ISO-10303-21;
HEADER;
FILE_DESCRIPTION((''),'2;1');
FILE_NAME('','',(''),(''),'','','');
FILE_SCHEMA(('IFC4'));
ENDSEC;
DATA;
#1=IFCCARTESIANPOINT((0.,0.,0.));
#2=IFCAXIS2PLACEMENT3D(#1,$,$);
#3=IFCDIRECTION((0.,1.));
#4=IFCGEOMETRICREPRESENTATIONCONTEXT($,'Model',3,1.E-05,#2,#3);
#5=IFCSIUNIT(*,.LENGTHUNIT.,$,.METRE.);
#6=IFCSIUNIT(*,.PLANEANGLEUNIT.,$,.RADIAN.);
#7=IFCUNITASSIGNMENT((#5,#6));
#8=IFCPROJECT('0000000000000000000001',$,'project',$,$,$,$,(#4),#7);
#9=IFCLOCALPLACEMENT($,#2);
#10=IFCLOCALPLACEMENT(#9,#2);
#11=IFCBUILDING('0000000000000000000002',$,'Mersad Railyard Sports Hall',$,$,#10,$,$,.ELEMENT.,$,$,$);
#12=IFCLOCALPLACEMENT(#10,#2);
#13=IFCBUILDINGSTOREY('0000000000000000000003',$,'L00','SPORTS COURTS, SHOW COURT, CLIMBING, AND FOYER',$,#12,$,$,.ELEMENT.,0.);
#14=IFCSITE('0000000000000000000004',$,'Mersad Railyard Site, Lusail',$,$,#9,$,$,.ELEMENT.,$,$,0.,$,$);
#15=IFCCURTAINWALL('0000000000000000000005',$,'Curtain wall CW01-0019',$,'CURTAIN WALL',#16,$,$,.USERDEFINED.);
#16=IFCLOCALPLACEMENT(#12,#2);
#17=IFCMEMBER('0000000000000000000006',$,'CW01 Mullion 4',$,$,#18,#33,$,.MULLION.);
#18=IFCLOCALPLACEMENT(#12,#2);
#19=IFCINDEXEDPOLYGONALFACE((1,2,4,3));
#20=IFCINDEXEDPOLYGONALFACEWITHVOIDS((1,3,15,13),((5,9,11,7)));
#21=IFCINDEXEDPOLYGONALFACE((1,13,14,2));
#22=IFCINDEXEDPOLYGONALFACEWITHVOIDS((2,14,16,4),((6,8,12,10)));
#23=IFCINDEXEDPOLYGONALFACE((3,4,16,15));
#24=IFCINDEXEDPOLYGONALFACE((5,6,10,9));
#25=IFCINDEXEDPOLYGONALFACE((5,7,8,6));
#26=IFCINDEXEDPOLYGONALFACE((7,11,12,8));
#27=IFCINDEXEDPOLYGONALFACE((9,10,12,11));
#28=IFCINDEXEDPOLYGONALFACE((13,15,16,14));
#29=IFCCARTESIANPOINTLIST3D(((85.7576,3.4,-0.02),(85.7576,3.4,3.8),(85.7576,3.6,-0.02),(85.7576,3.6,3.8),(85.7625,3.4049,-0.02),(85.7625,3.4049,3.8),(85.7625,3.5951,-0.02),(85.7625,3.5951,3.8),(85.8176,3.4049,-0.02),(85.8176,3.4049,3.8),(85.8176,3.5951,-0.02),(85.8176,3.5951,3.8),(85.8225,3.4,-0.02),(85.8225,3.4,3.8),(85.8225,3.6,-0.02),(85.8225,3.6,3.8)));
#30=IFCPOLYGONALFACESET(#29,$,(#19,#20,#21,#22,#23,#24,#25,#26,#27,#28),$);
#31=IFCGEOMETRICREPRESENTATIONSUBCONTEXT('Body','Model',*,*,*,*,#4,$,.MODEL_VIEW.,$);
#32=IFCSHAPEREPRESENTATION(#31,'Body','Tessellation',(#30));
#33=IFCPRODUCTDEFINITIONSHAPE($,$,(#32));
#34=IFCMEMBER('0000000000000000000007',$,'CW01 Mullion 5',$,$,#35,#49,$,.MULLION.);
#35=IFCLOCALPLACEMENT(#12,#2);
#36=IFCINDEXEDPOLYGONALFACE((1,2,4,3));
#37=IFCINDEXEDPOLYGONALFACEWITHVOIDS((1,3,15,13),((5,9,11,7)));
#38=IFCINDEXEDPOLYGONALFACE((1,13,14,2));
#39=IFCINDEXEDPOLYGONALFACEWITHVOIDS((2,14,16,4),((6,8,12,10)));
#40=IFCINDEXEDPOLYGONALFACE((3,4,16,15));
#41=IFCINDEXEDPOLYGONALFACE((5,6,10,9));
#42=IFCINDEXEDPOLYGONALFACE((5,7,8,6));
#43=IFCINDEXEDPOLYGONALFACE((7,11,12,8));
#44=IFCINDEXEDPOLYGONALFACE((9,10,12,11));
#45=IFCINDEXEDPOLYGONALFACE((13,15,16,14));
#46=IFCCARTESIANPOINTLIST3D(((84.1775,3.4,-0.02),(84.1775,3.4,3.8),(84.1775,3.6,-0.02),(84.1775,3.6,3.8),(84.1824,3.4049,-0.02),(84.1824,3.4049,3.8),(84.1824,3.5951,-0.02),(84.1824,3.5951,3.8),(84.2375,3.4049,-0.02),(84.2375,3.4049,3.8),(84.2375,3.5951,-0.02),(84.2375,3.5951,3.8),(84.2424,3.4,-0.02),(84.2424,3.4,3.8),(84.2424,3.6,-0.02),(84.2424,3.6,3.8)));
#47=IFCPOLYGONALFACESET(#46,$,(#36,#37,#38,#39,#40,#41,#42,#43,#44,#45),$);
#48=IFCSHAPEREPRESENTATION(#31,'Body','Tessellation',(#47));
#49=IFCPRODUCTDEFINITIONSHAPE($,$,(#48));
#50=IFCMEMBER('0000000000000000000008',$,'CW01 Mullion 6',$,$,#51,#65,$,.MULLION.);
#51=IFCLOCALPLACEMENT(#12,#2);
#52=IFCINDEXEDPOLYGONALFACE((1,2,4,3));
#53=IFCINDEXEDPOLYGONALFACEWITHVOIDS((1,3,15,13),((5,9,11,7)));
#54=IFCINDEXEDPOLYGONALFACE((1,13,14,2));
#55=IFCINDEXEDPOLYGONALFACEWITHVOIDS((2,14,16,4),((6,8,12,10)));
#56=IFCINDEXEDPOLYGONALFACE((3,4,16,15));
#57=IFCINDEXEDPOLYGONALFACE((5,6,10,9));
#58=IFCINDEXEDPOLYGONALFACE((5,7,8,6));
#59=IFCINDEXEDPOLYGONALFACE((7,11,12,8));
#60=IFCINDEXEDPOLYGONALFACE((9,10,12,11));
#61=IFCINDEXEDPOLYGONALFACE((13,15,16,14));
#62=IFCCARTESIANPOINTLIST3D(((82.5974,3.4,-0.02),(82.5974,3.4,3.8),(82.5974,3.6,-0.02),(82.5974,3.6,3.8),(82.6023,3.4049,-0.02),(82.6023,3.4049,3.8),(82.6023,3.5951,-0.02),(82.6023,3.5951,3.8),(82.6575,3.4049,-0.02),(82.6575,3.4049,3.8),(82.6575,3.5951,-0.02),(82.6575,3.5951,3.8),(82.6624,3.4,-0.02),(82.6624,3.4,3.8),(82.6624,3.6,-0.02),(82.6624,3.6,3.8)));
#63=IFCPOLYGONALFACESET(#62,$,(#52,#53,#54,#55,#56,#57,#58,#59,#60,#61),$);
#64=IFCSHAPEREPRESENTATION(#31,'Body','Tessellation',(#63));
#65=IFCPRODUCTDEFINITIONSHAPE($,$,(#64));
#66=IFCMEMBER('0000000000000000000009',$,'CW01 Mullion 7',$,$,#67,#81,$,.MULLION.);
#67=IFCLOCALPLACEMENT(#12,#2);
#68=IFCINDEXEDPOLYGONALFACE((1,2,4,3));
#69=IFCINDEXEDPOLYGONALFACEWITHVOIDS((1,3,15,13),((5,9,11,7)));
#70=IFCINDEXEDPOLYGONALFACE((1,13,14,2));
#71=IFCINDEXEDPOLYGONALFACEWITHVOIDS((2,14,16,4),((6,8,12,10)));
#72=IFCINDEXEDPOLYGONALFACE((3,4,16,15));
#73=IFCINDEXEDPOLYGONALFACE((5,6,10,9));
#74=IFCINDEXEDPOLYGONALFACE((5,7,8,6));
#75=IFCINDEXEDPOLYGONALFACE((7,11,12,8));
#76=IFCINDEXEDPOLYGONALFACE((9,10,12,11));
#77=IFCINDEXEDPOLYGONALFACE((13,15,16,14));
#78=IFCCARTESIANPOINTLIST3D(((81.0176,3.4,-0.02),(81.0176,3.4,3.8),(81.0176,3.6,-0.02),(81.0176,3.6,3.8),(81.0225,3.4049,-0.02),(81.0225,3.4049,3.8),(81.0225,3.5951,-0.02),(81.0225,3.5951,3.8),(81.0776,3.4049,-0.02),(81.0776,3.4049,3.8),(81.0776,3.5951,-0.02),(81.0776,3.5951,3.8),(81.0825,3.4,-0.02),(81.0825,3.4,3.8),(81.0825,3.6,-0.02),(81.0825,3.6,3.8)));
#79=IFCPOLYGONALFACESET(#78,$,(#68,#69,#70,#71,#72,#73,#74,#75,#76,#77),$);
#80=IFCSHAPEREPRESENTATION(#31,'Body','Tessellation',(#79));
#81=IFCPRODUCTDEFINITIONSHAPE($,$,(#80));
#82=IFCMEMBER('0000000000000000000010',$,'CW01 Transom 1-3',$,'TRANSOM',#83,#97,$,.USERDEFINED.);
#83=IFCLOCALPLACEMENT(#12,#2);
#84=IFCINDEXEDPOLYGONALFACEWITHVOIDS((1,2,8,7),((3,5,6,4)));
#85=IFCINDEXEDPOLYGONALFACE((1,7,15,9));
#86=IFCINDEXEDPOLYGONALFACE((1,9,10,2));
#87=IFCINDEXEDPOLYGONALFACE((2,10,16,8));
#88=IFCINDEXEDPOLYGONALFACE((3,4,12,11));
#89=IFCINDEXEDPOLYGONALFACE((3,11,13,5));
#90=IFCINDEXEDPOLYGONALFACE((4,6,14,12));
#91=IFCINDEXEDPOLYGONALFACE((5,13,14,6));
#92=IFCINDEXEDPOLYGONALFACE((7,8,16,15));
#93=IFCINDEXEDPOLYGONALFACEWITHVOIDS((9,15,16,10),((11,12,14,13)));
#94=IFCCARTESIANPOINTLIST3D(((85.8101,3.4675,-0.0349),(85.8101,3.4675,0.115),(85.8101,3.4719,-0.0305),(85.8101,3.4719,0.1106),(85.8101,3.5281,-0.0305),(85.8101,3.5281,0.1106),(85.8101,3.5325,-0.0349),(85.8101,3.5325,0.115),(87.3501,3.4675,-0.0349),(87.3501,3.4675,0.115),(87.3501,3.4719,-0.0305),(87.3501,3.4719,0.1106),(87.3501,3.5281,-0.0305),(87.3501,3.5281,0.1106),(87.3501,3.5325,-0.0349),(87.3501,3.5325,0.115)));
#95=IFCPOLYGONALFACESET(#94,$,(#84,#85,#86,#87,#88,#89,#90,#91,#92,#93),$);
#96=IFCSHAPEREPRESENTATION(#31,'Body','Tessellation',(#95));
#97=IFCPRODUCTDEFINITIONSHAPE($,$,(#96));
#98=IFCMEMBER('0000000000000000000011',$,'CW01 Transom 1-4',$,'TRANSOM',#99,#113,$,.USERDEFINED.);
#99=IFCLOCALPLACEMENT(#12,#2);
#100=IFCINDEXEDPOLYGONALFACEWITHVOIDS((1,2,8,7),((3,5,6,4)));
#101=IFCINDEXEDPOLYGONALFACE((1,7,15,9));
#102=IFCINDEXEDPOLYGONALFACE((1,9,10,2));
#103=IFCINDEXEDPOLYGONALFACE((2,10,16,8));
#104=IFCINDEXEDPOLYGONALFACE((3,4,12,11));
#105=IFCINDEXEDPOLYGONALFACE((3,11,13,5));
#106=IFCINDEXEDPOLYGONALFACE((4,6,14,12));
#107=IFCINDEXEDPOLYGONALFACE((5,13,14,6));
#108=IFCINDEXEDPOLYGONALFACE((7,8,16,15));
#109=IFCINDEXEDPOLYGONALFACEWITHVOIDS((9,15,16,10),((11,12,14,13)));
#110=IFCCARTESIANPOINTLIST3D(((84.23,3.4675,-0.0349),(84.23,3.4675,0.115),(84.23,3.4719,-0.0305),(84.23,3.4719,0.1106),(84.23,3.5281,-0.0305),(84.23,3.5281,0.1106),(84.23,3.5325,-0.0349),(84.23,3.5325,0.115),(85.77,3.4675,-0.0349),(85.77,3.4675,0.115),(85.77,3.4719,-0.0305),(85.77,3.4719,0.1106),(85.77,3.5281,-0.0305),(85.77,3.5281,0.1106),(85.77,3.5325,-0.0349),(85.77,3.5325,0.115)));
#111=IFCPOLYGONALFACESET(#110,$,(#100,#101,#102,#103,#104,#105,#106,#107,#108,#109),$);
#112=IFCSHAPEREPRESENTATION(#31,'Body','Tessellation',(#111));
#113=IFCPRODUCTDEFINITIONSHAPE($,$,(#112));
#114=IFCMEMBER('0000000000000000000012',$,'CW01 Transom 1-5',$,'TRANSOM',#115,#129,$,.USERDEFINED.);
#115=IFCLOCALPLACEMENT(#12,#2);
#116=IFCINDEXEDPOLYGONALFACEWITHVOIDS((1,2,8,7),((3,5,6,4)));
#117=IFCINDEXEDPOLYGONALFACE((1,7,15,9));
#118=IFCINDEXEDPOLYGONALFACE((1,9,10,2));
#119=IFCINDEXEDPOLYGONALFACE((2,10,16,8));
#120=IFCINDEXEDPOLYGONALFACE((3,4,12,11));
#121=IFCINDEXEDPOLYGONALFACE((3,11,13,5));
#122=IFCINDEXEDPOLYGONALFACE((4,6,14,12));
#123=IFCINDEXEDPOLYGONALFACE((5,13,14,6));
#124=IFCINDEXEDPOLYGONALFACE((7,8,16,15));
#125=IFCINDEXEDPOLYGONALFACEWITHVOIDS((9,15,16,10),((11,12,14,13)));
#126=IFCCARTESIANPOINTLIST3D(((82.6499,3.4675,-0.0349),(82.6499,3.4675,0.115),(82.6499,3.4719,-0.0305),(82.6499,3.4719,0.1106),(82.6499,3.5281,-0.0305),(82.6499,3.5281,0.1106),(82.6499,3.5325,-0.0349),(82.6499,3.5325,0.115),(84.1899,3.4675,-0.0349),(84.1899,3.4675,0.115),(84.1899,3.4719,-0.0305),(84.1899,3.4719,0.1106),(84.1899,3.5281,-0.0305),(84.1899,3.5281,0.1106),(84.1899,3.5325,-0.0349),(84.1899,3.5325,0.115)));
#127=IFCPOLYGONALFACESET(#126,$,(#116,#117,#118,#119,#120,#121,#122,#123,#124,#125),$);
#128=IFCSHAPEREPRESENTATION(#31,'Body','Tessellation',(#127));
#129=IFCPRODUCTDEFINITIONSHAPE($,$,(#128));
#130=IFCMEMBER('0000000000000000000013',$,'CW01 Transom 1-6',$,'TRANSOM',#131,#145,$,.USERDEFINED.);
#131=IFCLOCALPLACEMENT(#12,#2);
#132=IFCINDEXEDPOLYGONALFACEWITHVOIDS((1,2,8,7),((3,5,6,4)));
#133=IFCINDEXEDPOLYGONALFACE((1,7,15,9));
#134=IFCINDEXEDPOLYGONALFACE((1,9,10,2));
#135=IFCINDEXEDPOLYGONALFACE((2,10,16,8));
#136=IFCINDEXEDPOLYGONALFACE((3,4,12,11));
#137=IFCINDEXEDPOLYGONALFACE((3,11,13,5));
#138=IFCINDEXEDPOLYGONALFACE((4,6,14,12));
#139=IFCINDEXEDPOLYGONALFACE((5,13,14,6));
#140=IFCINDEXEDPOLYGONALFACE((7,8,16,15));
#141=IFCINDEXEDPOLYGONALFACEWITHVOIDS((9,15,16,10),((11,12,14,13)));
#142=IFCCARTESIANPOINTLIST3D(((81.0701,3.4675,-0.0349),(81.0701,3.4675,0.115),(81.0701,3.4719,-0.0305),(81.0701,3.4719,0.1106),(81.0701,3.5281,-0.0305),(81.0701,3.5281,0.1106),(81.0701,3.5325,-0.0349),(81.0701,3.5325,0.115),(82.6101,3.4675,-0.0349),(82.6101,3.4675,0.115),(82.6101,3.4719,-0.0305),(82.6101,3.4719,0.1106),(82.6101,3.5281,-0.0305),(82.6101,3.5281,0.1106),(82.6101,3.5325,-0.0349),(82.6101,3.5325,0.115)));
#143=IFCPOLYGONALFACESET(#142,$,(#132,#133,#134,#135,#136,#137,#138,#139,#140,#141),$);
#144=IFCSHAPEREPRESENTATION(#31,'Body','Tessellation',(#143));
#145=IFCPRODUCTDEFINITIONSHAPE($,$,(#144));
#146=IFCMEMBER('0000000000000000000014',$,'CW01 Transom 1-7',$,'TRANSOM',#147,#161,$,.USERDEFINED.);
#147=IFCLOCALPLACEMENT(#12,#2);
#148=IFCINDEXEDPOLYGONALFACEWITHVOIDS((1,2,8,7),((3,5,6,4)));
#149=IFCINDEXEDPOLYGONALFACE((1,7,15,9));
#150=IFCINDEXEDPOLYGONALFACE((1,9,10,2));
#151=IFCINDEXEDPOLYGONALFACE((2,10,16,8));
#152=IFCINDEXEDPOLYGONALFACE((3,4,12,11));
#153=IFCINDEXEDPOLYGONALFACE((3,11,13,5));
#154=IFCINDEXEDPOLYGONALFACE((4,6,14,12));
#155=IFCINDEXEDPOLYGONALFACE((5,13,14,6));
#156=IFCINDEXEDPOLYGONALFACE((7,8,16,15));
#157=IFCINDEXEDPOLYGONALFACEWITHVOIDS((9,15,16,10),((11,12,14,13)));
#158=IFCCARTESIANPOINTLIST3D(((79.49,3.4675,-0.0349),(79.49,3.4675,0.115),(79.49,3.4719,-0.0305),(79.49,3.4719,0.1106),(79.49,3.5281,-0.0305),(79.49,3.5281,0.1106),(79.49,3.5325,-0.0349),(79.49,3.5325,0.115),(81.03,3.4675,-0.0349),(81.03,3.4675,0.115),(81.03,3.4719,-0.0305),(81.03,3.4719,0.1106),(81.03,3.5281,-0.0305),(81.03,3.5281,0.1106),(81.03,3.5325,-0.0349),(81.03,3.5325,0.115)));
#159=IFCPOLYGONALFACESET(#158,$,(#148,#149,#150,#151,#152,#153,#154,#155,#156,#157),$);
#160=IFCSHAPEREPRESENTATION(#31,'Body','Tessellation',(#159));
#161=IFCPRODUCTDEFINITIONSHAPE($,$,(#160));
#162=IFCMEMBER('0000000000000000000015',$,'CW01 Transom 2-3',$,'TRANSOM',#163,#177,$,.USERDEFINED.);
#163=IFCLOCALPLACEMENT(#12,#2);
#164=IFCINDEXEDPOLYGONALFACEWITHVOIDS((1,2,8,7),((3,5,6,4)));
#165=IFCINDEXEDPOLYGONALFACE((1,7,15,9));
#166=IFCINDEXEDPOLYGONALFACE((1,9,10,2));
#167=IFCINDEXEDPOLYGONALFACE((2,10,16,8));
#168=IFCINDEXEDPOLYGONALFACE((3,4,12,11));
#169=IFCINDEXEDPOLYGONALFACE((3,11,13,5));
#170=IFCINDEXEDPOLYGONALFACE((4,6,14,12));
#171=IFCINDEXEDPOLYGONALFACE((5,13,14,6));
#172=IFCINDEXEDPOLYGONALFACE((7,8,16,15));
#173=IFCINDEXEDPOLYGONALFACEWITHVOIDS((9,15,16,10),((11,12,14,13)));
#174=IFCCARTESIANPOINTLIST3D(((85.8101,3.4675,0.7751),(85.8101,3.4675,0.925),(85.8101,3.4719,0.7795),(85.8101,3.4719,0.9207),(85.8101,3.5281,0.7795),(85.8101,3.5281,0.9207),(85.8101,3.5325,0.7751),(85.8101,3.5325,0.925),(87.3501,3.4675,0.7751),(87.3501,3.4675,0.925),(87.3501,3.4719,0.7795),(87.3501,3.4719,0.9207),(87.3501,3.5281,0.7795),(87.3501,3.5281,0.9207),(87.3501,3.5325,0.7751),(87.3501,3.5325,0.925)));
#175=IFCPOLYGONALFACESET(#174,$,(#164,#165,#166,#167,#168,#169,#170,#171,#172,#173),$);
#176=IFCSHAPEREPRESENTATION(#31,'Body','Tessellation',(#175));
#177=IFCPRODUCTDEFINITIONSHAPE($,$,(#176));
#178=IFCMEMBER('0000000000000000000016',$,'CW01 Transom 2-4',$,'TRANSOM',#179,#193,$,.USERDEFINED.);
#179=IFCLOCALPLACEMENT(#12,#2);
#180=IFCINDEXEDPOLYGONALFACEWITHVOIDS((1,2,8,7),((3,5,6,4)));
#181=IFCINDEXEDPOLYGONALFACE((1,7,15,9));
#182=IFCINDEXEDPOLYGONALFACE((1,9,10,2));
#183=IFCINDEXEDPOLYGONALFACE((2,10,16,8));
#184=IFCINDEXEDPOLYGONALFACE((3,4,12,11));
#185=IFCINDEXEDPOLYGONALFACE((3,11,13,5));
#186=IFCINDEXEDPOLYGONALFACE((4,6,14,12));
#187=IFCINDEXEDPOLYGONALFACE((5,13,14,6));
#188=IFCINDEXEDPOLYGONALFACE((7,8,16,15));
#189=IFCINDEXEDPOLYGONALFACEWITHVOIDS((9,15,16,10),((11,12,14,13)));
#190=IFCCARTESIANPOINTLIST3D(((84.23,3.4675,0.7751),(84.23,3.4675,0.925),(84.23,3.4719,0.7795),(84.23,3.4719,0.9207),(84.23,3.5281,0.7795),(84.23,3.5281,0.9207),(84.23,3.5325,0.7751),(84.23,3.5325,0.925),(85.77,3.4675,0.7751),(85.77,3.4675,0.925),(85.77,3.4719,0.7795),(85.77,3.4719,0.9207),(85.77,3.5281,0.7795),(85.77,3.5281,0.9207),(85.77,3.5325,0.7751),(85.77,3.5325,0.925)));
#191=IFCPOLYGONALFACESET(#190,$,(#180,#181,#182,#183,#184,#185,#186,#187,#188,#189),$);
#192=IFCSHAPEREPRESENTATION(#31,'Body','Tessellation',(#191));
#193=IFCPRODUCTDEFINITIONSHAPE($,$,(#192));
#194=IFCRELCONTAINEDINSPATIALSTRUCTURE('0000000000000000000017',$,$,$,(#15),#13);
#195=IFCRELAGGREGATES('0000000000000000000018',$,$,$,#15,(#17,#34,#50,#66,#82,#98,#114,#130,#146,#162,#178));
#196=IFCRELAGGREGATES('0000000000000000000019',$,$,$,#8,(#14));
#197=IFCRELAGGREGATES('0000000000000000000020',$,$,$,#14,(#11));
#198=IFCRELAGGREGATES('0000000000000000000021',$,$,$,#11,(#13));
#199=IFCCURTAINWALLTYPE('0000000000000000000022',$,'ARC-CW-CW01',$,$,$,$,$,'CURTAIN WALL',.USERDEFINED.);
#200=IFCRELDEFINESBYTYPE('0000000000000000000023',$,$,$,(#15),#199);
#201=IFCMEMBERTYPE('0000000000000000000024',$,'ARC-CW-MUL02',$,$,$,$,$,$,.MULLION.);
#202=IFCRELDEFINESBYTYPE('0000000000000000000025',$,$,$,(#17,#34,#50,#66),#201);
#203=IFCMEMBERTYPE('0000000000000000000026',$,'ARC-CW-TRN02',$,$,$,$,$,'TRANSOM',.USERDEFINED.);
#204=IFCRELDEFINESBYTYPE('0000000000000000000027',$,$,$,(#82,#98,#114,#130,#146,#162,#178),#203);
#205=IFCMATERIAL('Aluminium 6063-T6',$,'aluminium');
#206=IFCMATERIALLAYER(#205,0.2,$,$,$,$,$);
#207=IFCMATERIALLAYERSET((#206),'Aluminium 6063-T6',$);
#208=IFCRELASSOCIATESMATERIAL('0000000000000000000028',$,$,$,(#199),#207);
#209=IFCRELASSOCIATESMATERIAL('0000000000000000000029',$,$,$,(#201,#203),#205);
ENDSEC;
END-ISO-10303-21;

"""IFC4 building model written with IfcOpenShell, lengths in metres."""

from ifc_helpers import new_model, si_unit, direction, frame, origin, origin_2d, place, context, subcontext, project, spatial, hollow_rectangle, extrude, material, layer, layer_set, material_profile, profile_set, type_object, element, aggregate, save


model = new_model("IFC4")

# Units and contexts
model_context = context("Model", 3, precision=1e-05, world=origin(), true_north=direction((0.0, 1.0)))
body_context = subcontext(model_context, "Body", "Model", "MODEL_VIEW")
ifc_project = project(units=[si_unit("LENGTHUNIT", "METRE"), si_unit("PLANEANGLEUNIT", "RADIAN")], contexts=[model_context])

# Site, building, storey
site_placement = place(None, origin())
site = spatial("IfcSite", under=ifc_project, at=site_placement, Name="Mersad Railyard Site, Lusail", CompositionType="ELEMENT", RefElevation=0.0)
building_placement = place(site_placement, origin())
building = spatial("IfcBuilding", under=site, at=building_placement, Name="Mersad Railyard Sports Hall", CompositionType="ELEMENT")
storey_placement = place(building_placement, origin())
storey = spatial("IfcBuildingStorey", under=building, at=storey_placement, Name="L00", Description="SPORTS COURTS, SHOW COURT, CLIMBING, AND FOYER", CompositionType="ELEMENT", Elevation=0.0)

# Curtain wall, members
ifc_material_1 = material(Name="Aluminium 6063-T6", Category="aluminium")
ifc_layer_1 = layer(ifc_material_1, 0.2)
ifc_layer_set_1 = layer_set([ifc_layer_1], Name="Aluminium 6063-T6")
curtain_wall_type = type_object("IfcCurtainWallType", Name="ARC-CW-CW01", ElementType="CURTAIN WALL", PredefinedType="USERDEFINED", material=ifc_layer_set_1)
curtain_wall_placement = place(storey_placement, origin())
curtain_wall = element("IfcCurtainWall", 1, at=curtain_wall_placement, inside=storey, type_object=curtain_wall_type, Name="Curtain wall CW01-0019", ObjectType="CURTAIN WALL", PredefinedType="USERDEFINED")
ifc_material_profile_1 = material_profile(ifc_material_1, hollow_rectangle(XDim=0.0649, YDim=0.2, WallThickness=0.0049, at=origin_2d()), Name="AL MULLION 65x200x5")
ifc_profile_set_1 = profile_set([ifc_material_profile_1], Name="Aluminium 6063-T6")
member_type_1 = type_object("IfcMemberType", Name="ARC-CW-MUL02", PredefinedType="MULLION", material=ifc_profile_set_1)
member_1_placement = place(storey_placement, frame((85.79, 3.5, -0.02), z_axis=(0.0, 0.0, 1.0), x_axis=(1.0, 0.0, 0.0)))
member_1 = element("IfcMember", 2, at=member_1_placement, type_object=member_type_1, Name="CW01 Mullion 4", PredefinedType="MULLION", context=body_context, shape_type="SweptSolid", body=[
    extrude(hollow_rectangle(XDim=0.0649, YDim=0.2, WallThickness=0.0049, at=origin_2d()), origin(), (0.0, 0.0, 1.0), 3.8201),
])
member_2_placement = place(storey_placement, frame((84.21, 3.5, -0.02), z_axis=(0.0, 0.0, 1.0), x_axis=(1.0, 0.0, 0.0)))
member_2 = element("IfcMember", 3, at=member_2_placement, type_object=member_type_1, Name="CW01 Mullion 5", PredefinedType="MULLION", context=body_context, shape_type="SweptSolid", body=[
    extrude(hollow_rectangle(XDim=0.0649, YDim=0.2, WallThickness=0.0049, at=origin_2d()), origin(), (0.0, 0.0, 1.0), 3.8201),
])
member_3_placement = place(storey_placement, frame((82.6299, 3.5, -0.02), z_axis=(0.0, 0.0, 1.0), x_axis=(1.0, 0.0, 0.0)))
member_3 = element("IfcMember", 4, at=member_3_placement, type_object=member_type_1, Name="CW01 Mullion 6", PredefinedType="MULLION", context=body_context, shape_type="SweptSolid", body=[
    extrude(hollow_rectangle(XDim=0.0649, YDim=0.2, WallThickness=0.0049, at=origin_2d()), origin(), (0.0, 0.0, 1.0), 3.8201),
])
member_4_placement = place(storey_placement, frame((81.05, 3.5, -0.02), z_axis=(0.0, 0.0, 1.0), x_axis=(1.0, 0.0, 0.0)))
member_4 = element("IfcMember", 5, at=member_4_placement, type_object=member_type_1, Name="CW01 Mullion 7", PredefinedType="MULLION", context=body_context, shape_type="SweptSolid", body=[
    extrude(hollow_rectangle(XDim=0.0649, YDim=0.2, WallThickness=0.0049, at=origin_2d()), origin(), (0.0, 0.0, 1.0), 3.8201),
])
ifc_material_profile_2 = material_profile(ifc_material_1, hollow_rectangle(XDim=0.0649, YDim=0.1499, WallThickness=0.0044, at=origin_2d()), Name="AL TRANSOM 65x150x4.5")
ifc_profile_set_2 = profile_set([ifc_material_profile_2], Name="Aluminium 6063-T6")
member_type_2 = type_object("IfcMemberType", Name="ARC-CW-TRN02", ElementType="TRANSOM", PredefinedType="USERDEFINED", material=ifc_profile_set_2)
member_5_placement = place(storey_placement, frame((87.3501, 3.5, 0.04), z_axis=(-1.0, 0.0, 0.0), x_axis=(0.0, -1.0, 0.0)))
member_5 = element("IfcMember", 6, at=member_5_placement, type_object=member_type_2, Name="CW01 Transom 1-3", ObjectType="TRANSOM", PredefinedType="USERDEFINED", context=body_context, shape_type="SweptSolid", body=[
    extrude(hollow_rectangle(XDim=0.0649, YDim=0.1499, WallThickness=0.0044, at=origin_2d()), origin(), (0.0, 0.0, 1.0), 1.54),
])
member_6_placement = place(storey_placement, frame((85.77, 3.5, 0.04), z_axis=(-1.0, 0.0, 0.0), x_axis=(0.0, -1.0, 0.0)))
member_6 = element("IfcMember", 7, at=member_6_placement, type_object=member_type_2, Name="CW01 Transom 1-4", ObjectType="TRANSOM", PredefinedType="USERDEFINED", context=body_context, shape_type="SweptSolid", body=[
    extrude(hollow_rectangle(XDim=0.0649, YDim=0.1499, WallThickness=0.0044, at=origin_2d()), origin(), (0.0, 0.0, 1.0), 1.54),
])
member_7_placement = place(storey_placement, frame((84.1899, 3.5, 0.04), z_axis=(-1.0, 0.0, 0.0), x_axis=(0.0, -1.0, 0.0)))
member_7 = element("IfcMember", 8, at=member_7_placement, type_object=member_type_2, Name="CW01 Transom 1-5", ObjectType="TRANSOM", PredefinedType="USERDEFINED", context=body_context, shape_type="SweptSolid", body=[
    extrude(hollow_rectangle(XDim=0.0649, YDim=0.1499, WallThickness=0.0044, at=origin_2d()), origin(), (0.0, 0.0, 1.0), 1.54),
])
member_8_placement = place(storey_placement, frame((82.6101, 3.5, 0.04), z_axis=(-1.0, 0.0, 0.0), x_axis=(0.0, -1.0, 0.0)))
member_8 = element("IfcMember", 9, at=member_8_placement, type_object=member_type_2, Name="CW01 Transom 1-6", ObjectType="TRANSOM", PredefinedType="USERDEFINED", context=body_context, shape_type="SweptSolid", body=[
    extrude(hollow_rectangle(XDim=0.0649, YDim=0.1499, WallThickness=0.0044, at=origin_2d()), origin(), (0.0, 0.0, 1.0), 1.54),
])
member_9_placement = place(storey_placement, frame((81.03, 3.5, 0.04), z_axis=(-1.0, 0.0, 0.0), x_axis=(0.0, -1.0, 0.0)))
member_9 = element("IfcMember", 10, at=member_9_placement, type_object=member_type_2, Name="CW01 Transom 1-7", ObjectType="TRANSOM", PredefinedType="USERDEFINED", context=body_context, shape_type="SweptSolid", body=[
    extrude(hollow_rectangle(XDim=0.0649, YDim=0.1499, WallThickness=0.0044, at=origin_2d()), origin(), (0.0, 0.0, 1.0), 1.54),
])
member_10_placement = place(storey_placement, frame((87.3501, 3.5, 0.8501), z_axis=(-1.0, 0.0, 0.0), x_axis=(0.0, -1.0, 0.0)))
member_10 = element("IfcMember", 11, at=member_10_placement, type_object=member_type_2, Name="CW01 Transom 2-3", ObjectType="TRANSOM", PredefinedType="USERDEFINED", context=body_context, shape_type="SweptSolid", body=[
    extrude(hollow_rectangle(XDim=0.0649, YDim=0.1499, WallThickness=0.0044, at=origin_2d()), origin(), (0.0, 0.0, 1.0), 1.54),
])
member_11_placement = place(storey_placement, frame((85.77, 3.5, 0.8501), z_axis=(-1.0, 0.0, 0.0), x_axis=(0.0, -1.0, 0.0)))
member_11 = element("IfcMember", 12, at=member_11_placement, type_object=member_type_2, Name="CW01 Transom 2-4", ObjectType="TRANSOM", PredefinedType="USERDEFINED", context=body_context, shape_type="SweptSolid", body=[
    extrude(hollow_rectangle(XDim=0.0649, YDim=0.1499, WallThickness=0.0044, at=origin_2d()), origin(), (0.0, 0.0, 1.0), 1.54),
])
aggregate(curtain_wall, [member_1, member_2, member_3, member_4, member_5, member_6, member_7, member_8, member_9, member_10, member_11])

save(model, "model.ifc")
